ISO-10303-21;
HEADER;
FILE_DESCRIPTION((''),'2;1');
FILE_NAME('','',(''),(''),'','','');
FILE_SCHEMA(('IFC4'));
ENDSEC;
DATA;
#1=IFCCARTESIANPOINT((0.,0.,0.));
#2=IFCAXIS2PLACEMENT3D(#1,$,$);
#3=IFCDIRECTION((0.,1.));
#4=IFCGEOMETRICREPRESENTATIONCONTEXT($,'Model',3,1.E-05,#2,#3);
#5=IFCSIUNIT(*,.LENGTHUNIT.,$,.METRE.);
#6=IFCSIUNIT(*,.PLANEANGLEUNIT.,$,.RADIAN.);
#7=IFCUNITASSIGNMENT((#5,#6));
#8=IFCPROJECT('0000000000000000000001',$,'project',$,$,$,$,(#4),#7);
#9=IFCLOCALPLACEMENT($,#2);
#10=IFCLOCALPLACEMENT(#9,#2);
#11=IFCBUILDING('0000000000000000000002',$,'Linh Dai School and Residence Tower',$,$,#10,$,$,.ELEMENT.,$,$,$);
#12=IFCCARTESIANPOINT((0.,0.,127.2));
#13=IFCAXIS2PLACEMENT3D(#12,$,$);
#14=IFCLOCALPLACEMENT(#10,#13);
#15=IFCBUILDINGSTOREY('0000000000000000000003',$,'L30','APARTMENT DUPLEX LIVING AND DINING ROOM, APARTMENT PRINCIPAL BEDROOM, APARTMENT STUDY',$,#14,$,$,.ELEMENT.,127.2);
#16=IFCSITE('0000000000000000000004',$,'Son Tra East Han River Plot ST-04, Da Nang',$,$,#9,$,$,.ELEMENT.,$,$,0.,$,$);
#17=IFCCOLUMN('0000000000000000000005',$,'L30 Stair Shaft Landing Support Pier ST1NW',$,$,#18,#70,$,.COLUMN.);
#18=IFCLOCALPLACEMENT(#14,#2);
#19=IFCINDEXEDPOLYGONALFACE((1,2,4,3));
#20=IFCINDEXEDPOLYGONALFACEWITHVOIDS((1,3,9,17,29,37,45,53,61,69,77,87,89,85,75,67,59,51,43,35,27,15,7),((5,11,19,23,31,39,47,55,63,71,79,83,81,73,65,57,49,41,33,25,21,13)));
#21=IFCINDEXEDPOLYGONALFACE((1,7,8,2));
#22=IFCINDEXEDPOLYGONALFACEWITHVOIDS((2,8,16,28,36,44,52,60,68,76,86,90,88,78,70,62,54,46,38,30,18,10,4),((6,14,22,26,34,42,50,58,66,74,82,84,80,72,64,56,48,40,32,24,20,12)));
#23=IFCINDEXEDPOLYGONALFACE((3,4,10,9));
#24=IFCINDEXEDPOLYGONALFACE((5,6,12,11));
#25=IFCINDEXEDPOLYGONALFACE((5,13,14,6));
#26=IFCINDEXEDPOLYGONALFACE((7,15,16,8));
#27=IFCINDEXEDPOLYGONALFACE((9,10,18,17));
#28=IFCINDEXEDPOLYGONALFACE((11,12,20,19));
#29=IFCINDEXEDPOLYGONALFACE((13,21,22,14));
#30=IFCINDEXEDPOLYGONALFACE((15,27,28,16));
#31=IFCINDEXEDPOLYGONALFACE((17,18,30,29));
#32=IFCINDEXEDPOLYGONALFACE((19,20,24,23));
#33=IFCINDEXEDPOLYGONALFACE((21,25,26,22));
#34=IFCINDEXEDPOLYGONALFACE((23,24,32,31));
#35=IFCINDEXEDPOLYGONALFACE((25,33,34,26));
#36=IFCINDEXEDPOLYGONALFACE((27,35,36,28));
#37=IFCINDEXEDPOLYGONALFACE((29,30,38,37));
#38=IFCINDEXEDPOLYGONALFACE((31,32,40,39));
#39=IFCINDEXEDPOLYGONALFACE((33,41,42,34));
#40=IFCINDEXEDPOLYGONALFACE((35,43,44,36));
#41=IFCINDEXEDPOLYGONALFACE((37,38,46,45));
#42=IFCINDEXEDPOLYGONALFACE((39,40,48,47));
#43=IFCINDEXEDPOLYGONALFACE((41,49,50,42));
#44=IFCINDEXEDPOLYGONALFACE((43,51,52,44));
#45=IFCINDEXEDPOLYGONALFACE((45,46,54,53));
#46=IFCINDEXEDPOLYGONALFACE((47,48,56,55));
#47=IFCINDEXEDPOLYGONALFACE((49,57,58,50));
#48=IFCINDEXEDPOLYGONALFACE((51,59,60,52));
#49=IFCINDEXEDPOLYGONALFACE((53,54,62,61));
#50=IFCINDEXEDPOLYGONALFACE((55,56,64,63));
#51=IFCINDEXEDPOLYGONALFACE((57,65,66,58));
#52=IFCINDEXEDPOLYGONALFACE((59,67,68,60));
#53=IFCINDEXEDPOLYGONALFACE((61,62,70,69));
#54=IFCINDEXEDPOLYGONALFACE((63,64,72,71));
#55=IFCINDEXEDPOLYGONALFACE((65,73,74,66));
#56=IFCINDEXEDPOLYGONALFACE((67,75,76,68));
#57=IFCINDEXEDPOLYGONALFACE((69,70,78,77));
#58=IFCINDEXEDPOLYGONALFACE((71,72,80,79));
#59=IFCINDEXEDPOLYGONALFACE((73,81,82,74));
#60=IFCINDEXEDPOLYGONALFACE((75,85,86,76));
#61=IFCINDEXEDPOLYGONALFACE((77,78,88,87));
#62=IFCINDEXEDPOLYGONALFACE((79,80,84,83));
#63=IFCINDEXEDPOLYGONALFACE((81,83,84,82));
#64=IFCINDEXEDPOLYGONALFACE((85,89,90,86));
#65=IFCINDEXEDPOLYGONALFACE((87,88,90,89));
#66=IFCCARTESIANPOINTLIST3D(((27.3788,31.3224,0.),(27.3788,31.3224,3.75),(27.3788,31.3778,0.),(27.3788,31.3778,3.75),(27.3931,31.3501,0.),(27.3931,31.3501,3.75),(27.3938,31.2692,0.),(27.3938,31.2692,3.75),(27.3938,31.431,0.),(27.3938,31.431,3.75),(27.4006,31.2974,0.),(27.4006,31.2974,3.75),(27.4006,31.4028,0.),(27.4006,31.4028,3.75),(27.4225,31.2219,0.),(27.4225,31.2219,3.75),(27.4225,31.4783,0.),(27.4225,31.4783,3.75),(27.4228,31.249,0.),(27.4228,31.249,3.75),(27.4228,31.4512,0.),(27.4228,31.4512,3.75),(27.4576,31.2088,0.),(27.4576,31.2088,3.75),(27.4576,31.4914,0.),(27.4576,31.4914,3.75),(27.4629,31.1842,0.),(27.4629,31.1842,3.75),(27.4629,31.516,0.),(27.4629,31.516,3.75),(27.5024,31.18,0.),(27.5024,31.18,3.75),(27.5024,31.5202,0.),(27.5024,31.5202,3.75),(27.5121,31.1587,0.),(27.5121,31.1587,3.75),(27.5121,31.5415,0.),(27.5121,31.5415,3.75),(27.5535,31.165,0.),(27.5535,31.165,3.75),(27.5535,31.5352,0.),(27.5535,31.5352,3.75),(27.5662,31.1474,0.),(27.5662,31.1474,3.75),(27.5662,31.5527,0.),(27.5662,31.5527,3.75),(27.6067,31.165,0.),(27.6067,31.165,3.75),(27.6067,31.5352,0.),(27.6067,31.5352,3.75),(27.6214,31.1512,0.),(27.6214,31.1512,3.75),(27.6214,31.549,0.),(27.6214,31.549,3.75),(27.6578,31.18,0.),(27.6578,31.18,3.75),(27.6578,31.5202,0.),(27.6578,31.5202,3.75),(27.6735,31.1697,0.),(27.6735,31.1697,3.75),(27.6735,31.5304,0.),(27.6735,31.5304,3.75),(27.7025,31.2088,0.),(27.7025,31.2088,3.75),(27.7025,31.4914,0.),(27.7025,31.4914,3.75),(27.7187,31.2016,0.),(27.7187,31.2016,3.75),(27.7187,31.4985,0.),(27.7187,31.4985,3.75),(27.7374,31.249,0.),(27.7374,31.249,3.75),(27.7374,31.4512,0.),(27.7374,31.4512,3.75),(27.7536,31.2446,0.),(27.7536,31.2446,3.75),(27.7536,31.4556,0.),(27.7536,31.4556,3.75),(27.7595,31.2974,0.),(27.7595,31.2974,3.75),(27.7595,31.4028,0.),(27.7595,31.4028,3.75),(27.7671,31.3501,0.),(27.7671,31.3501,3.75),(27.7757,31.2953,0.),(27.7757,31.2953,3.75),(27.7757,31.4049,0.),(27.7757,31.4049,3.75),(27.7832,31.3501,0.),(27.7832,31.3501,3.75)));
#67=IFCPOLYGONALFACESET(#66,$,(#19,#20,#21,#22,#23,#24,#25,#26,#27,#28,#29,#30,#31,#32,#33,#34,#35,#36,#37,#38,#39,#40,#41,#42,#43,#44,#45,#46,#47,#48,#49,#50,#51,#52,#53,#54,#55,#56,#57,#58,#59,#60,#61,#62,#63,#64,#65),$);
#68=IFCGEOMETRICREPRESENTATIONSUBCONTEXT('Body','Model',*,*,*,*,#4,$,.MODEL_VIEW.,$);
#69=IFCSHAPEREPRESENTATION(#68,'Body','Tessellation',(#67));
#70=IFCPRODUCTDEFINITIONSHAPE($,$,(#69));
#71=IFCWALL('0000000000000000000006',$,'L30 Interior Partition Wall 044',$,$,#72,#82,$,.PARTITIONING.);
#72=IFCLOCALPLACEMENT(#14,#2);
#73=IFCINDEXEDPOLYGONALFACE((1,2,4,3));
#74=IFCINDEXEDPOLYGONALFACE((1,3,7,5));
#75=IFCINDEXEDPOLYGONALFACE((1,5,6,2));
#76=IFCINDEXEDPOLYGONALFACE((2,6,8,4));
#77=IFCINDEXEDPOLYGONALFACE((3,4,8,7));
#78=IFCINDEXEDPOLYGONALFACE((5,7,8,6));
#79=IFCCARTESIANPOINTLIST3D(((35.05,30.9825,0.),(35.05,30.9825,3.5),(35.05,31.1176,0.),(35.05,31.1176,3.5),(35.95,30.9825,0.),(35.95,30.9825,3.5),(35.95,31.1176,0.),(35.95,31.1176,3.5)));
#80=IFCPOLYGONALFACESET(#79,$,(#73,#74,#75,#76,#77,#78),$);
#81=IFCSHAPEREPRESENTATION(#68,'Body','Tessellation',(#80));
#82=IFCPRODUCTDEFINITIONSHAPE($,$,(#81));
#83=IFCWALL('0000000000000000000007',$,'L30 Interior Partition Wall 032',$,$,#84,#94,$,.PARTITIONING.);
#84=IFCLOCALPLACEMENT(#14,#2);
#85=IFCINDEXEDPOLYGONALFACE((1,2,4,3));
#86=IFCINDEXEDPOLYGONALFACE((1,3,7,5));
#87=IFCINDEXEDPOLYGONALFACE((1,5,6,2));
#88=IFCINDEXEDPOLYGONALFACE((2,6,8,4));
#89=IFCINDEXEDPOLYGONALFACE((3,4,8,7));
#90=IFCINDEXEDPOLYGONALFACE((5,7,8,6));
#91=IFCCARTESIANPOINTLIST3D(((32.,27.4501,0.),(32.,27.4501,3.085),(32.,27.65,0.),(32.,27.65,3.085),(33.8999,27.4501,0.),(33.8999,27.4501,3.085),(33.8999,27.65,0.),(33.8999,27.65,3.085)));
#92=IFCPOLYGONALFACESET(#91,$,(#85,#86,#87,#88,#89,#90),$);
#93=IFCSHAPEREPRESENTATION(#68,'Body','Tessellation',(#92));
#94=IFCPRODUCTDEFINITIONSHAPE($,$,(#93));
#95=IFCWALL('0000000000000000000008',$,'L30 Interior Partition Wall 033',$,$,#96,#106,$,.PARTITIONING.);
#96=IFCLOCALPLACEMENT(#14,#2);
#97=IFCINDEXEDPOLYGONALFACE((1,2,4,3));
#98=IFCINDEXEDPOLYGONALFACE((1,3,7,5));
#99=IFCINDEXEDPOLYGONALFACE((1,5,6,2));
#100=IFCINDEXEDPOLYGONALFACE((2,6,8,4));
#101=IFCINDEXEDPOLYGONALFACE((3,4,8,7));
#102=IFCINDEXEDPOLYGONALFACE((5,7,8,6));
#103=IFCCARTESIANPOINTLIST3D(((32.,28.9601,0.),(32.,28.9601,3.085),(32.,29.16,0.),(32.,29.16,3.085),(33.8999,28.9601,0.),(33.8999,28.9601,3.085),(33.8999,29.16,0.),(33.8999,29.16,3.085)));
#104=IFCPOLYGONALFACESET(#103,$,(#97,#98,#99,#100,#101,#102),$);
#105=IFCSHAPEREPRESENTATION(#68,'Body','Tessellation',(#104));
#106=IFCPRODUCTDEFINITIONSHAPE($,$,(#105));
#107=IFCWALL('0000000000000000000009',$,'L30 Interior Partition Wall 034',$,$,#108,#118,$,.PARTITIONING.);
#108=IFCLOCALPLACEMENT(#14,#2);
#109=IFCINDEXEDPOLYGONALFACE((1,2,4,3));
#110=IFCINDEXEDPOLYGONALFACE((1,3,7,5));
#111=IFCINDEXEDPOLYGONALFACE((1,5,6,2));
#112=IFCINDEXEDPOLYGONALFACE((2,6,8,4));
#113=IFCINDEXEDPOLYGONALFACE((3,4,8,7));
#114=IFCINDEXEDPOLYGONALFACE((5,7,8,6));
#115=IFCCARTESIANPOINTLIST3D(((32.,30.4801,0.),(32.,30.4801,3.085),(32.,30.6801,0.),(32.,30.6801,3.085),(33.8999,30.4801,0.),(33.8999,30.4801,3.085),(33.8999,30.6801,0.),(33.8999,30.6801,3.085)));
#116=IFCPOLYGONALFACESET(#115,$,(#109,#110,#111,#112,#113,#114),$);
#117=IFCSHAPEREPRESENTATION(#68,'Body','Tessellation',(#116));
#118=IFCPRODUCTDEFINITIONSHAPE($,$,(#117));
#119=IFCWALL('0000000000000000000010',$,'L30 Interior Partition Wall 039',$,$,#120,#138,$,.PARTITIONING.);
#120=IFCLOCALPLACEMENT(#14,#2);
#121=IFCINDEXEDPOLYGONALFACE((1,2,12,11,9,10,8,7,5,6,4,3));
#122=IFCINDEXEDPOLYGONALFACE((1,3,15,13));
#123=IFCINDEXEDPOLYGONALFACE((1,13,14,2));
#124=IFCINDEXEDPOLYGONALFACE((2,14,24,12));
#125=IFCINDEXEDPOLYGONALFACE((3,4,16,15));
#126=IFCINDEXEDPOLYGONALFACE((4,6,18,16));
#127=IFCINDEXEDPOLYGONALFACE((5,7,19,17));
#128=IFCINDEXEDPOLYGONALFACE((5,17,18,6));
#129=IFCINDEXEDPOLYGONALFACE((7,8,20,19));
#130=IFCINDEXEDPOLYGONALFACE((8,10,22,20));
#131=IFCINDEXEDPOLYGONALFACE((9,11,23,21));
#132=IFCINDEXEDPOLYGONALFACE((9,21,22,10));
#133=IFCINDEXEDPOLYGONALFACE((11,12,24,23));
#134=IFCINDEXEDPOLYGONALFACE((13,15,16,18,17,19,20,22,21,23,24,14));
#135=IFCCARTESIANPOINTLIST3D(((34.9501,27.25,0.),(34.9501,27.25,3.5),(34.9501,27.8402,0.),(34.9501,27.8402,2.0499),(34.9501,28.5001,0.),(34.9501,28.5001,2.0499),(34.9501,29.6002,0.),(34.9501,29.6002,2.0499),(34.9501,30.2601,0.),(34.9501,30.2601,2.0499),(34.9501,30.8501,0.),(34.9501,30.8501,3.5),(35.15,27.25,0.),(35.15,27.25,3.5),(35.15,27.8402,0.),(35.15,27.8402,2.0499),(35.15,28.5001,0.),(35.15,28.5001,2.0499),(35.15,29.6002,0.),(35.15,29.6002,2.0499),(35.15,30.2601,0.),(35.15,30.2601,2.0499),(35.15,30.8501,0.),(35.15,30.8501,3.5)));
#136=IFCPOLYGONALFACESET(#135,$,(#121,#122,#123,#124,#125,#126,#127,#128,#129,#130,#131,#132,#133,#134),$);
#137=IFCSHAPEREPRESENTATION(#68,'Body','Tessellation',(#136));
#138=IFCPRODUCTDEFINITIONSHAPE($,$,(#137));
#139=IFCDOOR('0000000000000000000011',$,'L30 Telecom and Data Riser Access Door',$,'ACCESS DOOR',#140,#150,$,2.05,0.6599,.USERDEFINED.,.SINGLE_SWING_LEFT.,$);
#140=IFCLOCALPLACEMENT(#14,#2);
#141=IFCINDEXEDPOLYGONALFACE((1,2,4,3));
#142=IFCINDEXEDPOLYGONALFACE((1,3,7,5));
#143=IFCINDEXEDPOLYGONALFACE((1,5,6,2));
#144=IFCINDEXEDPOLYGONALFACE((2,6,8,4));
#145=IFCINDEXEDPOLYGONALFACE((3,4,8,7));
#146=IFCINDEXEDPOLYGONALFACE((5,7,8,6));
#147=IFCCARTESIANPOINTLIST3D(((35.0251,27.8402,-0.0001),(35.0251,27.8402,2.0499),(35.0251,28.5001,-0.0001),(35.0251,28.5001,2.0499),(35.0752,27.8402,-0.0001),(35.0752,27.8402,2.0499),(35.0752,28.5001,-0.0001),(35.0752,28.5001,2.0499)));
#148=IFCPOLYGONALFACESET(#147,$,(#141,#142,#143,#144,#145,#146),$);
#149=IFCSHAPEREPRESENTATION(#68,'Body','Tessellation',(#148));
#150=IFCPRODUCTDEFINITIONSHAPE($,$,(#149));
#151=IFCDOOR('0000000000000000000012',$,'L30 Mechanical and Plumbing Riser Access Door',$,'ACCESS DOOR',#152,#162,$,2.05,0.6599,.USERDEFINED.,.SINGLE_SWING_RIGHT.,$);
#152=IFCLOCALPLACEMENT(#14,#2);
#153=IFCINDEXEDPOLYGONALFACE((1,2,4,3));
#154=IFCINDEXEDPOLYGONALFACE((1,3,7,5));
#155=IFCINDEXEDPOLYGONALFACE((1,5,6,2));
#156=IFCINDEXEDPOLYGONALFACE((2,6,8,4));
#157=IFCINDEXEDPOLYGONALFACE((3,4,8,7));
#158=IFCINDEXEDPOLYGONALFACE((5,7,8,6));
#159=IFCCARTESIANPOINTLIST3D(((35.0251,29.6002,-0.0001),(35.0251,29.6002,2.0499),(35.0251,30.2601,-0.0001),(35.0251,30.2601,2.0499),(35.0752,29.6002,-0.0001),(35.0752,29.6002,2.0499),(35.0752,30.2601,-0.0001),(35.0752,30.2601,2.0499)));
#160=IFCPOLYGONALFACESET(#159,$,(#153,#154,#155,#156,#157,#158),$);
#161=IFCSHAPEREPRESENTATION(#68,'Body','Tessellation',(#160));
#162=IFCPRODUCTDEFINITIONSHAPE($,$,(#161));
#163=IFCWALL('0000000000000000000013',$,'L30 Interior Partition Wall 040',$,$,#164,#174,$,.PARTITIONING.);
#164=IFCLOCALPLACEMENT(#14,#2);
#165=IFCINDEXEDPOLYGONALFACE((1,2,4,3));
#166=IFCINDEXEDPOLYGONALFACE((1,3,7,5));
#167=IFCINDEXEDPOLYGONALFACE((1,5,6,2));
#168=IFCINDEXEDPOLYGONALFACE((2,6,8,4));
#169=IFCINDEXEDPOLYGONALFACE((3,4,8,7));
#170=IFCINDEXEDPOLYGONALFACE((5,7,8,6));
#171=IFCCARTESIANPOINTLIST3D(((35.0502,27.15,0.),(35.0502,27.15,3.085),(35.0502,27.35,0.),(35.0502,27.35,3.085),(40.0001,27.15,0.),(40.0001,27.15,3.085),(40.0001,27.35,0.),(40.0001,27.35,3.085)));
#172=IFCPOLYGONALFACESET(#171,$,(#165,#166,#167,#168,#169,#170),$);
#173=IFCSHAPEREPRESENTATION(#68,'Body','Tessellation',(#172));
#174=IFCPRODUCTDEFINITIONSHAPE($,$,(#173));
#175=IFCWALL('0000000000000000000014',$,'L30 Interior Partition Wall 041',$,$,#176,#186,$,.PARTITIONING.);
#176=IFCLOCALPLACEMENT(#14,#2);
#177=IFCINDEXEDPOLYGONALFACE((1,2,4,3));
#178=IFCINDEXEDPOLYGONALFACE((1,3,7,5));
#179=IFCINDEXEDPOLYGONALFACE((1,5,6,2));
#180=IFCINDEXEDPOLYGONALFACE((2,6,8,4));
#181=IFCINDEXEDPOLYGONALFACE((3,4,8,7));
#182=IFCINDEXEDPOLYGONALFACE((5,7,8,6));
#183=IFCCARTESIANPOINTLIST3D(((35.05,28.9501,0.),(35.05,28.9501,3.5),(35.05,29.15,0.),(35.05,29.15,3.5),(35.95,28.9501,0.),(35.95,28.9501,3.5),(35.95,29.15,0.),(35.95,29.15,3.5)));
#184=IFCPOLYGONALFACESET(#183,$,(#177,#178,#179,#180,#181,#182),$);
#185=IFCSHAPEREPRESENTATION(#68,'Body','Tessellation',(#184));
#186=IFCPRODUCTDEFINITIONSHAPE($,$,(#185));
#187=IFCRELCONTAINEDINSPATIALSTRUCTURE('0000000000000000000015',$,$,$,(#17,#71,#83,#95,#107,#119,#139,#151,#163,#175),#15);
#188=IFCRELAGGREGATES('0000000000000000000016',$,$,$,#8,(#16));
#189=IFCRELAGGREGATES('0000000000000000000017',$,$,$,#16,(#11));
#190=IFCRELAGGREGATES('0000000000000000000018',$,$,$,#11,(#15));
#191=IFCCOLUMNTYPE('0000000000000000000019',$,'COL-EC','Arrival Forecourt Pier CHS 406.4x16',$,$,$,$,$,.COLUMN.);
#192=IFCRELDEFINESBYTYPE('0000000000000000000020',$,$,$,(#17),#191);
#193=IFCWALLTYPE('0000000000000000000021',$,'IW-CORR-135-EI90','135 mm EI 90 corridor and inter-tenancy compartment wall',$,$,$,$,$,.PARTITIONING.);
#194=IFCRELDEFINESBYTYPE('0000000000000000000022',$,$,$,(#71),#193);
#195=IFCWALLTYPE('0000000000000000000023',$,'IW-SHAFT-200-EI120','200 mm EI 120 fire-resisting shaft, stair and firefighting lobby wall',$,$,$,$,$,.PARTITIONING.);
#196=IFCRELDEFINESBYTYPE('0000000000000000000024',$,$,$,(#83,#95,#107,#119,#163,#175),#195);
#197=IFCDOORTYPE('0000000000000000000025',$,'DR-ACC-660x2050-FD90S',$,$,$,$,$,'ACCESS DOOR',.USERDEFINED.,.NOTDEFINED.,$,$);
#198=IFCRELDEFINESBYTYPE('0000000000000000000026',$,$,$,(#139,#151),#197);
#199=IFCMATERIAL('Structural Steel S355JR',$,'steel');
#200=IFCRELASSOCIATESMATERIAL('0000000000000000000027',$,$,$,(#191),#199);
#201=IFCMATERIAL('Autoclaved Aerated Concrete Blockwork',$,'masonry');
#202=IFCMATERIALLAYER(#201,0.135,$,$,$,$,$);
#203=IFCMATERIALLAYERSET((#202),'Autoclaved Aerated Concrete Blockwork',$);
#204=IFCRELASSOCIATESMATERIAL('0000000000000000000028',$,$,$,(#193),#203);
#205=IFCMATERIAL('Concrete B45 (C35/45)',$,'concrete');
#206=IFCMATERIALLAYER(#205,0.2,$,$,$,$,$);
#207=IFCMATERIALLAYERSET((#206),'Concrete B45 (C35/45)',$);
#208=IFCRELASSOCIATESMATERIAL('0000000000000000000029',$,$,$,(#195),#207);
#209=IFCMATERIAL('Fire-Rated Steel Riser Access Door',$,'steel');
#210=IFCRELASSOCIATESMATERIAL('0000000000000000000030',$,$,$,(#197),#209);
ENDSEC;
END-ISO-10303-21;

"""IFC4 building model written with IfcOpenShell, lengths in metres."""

from ifc_helpers import new_model, si_unit, direction, frame, frame_2d, origin, origin_2d, place, context, subcontext, project, spatial, rectangle, hollow_circle, extrude, source, transform, mapped, material, layer, layer_set, material_profile, profile_set, type_object, element, fill, save


model = new_model("IFC4")

# Units and contexts
model_context = context("Model", 3, precision=1e-05, world=origin(), true_north=direction((0.0, 1.0)))
body_context = subcontext(model_context, "Body", "Model", "MODEL_VIEW")
ifc_project = project(units=[si_unit("LENGTHUNIT", "METRE"), si_unit("PLANEANGLEUNIT", "RADIAN")], contexts=[model_context])

# Site, building, storey
site_placement = place(None, origin())
site = spatial("IfcSite", under=ifc_project, at=site_placement, Name="Son Tra East Han River Plot ST-04, Da Nang", CompositionType="ELEMENT", RefElevation=0.0)
building_placement = place(site_placement, origin())
building = spatial("IfcBuilding", under=site, at=building_placement, Name="Linh Dai School and Residence Tower", CompositionType="ELEMENT")
storey_placement = place(building_placement, frame((0.0, 0.0, 127.2)))
storey = spatial("IfcBuildingStorey", under=building, at=storey_placement, Name="L30", Description="APARTMENT DUPLEX LIVING AND DINING ROOM, APARTMENT PRINCIPAL BEDROOM, APARTMENT STUDY", CompositionType="ELEMENT", Elevation=127.2)

# Column
ifc_material_1 = material(Name="Structural Steel S355JR", Category="steel")
ifc_material_profile = material_profile(ifc_material_1, hollow_circle(Radius=0.2031, WallThickness=0.0161, at=origin_2d()), Name="CHS 406.4x16")
ifc_profile_set = profile_set([ifc_material_profile], Name="Structural Steel S355JR")
column_type = type_object("IfcColumnType", Name="COL-EC", Description="Arrival Forecourt Pier CHS 406.4x16", PredefinedType="COLUMN", material=ifc_profile_set)
column_placement = place(storey_placement, frame((27.5801, 31.3501, 0.0), z_axis=(0.0, 0.0, 1.0), x_axis=(1.0, 0.0, 0.0)))
element("IfcColumn", 1, at=column_placement, inside=storey, type_object=column_type, Name="L30 Stair Shaft Landing Support Pier ST1NW", PredefinedType="COLUMN", context=body_context, shape_type="SweptSolid", body=[
    extrude(hollow_circle(Radius=0.2031, WallThickness=0.0161, at=origin_2d()), origin(), (0.0, 0.0, 1.0), 3.75),
])

# Shared definitions
ifc_material_2 = material(Name="Autoclaved Aerated Concrete Blockwork", Category="masonry")
ifc_layer_1 = layer(ifc_material_2, 0.135)
ifc_layer_set_1 = layer_set([ifc_layer_1], Name="Autoclaved Aerated Concrete Blockwork")
wall_type_1 = type_object("IfcWallType", Name="IW-CORR-135-EI90", Description="135 mm EI 90 corridor and inter-tenancy compartment wall", PredefinedType="PARTITIONING", material=ifc_layer_set_1)

# Walls
wall_1_placement = place(storey_placement, frame((35.05, 31.05, 0.0), z_axis=(0.0, 0.0, 1.0), x_axis=(1.0, 0.0, 0.0)))
element("IfcWall", 2, at=wall_1_placement, inside=storey, type_object=wall_type_1, Name="L30 Interior Partition Wall 044", PredefinedType="PARTITIONING", context=body_context, shape_type="SweptSolid", body=[
    extrude(rectangle(XDim=0.8999, YDim=0.135, at=frame_2d((0.45, 0.0))), origin(), (0.0, 0.0, 1.0), 3.5),
])
ifc_material_3 = material(Name="Concrete B45 (C35/45)", Category="concrete")
ifc_layer_2 = layer(ifc_material_3, 0.2)
ifc_layer_set_2 = layer_set([ifc_layer_2], Name="Concrete B45 (C35/45)")
wall_type_2 = type_object("IfcWallType", Name="IW-SHAFT-200-EI120", Description="200 mm EI 120 fire-resisting shaft, stair and firefighting lobby wall", PredefinedType="PARTITIONING", material=ifc_layer_set_2)
for number, where, z_axis, x_axis, name in (
    (3, (32.0, 27.55, 0.0), (0.0, 0.0, 1.0), (1.0, 0.0, 0.0), "L30 Interior Partition Wall 032"),
    (4, (32.0, 29.0601, 0.0), (0.0, 0.0, 1.0), (1.0, 0.0, 0.0), "L30 Interior Partition Wall 033"),
    (5, (32.0, 30.5801, 0.0), (0.0, 0.0, 1.0), (1.0, 0.0, 0.0), "L30 Interior Partition Wall 034"),
):
    element("IfcWall", number, at=place(storey_placement, frame(where, z_axis=z_axis, x_axis=x_axis)), inside=storey, type_object=wall_type_2, Name=name, PredefinedType="PARTITIONING", context=body_context, shape_type="SweptSolid", body=[
        extrude(rectangle(XDim=1.8999, YDim=0.2, at=frame_2d((0.95, 0.0))), origin(), (0.0, 0.0, 1.0), 3.085),
    ])

# Wall, openings, doors
wall_2_placement = place(storey_placement, frame((35.05, 27.25, 0.0), z_axis=(0.0, 0.0, 1.0), x_axis=(0.0, 1.0, 0.0)))
wall_2 = element("IfcWall", 6, at=wall_2_placement, inside=storey, type_object=wall_type_2, Name="L30 Interior Partition Wall 039", PredefinedType="PARTITIONING", context=body_context, shape_type="SweptSolid", body=[
    extrude(rectangle(XDim=3.6001, YDim=0.2, at=frame_2d((1.8, 0.0))), origin(), (0.0, 0.0, 1.0), 3.5),
])
opening_1_placement = place(wall_2_placement, frame((0.5901, 0.0, 0.0)))
opening_1 = element("IfcOpeningElement", 7, at=opening_1_placement, cuts=wall_2, PredefinedType="OPENING", context=body_context, shape_type="SweptSolid", body=[
    extrude(rectangle(XDim=0.6599, YDim=2.05, at=origin_2d()), frame((0.3301, 0.1099, 1.0249), z_axis=(0.0, -1.0, 0.0), x_axis=(1.0, 0.0, 0.0)), (0.0, 0.0, 1.0), 0.22),
])
opening_2_placement = place(wall_2_placement, frame((2.3501, 0.0, 0.0)))
opening_2 = element("IfcOpeningElement", 8, at=opening_2_placement, cuts=wall_2, PredefinedType="OPENING", context=body_context, shape_type="SweptSolid", body=[
    extrude(rectangle(XDim=0.6599, YDim=2.05, at=origin_2d()), frame((0.3301, 0.1099, 1.0249), z_axis=(0.0, -1.0, 0.0), x_axis=(1.0, 0.0, 0.0)), (0.0, 0.0, 1.0), 0.22),
])
ifc_material_4 = material(Name="Fire-Rated Steel Riser Access Door", Category="steel")
door_type_1 = type_object("IfcDoorType", Name="DR-ACC-660x2050-FD90S", ElementType="ACCESS DOOR", OperationType="NOTDEFINED", PredefinedType="USERDEFINED", material=ifc_material_4)
shared_shape_1 = source(origin(), body_context, "Body", "SweptSolid", [
    extrude(rectangle(XDim=0.6599, YDim=2.05, at=origin_2d()), frame((0.3301, 0.0249, 1.0249), z_axis=(0.0, -1.0, 0.0), x_axis=(1.0, 0.0, 0.0)), (0.0, 0.0, 1.0), 0.05),
])
door_1_placement = place(opening_1_placement, origin())
door_1 = element("IfcDoor", 9, at=door_1_placement, inside=storey, type_object=door_type_1, Name="L30 Telecom and Data Riser Access Door", ObjectType="ACCESS DOOR", OperationType="SINGLE_SWING_LEFT", OverallHeight=2.05, OverallWidth=0.6599, PredefinedType="USERDEFINED", context=body_context, shape_type="MappedRepresentation", body=[
    mapped(shared_shape_1, transform((0.0, 0.0, 0.0), x_axis=(1.0, 0.0, 0.0), y_axis=(0.0, 1.0, 0.0), z_axis=(0.0, 0.0, 1.0), scale=1.0)),
])
fill(opening_1, door_1)
door_2_placement = place(opening_2_placement, origin())
door_2 = element("IfcDoor", 10, at=door_2_placement, inside=storey, type_object=door_type_1, Name="L30 Mechanical and Plumbing Riser Access Door", ObjectType="ACCESS DOOR", OperationType="SINGLE_SWING_RIGHT", OverallHeight=2.05, OverallWidth=0.6599, PredefinedType="USERDEFINED", context=body_context, shape_type="MappedRepresentation", body=[
    mapped(shared_shape_1, transform((0.0, 0.0, 0.0), x_axis=(1.0, 0.0, 0.0), y_axis=(0.0, 1.0, 0.0), z_axis=(0.0, 0.0, 1.0), scale=1.0)),
])
fill(opening_2, door_2)

# Walls
wall_3_placement = place(storey_placement, frame((35.05, 27.25, 0.0), z_axis=(0.0, 0.0, 1.0), x_axis=(1.0, 0.0, 0.0)))
element("IfcWall", 11, at=wall_3_placement, inside=storey, type_object=wall_type_2, Name="L30 Interior Partition Wall 040", PredefinedType="PARTITIONING", context=body_context, shape_type="SweptSolid", body=[
    extrude(rectangle(XDim=4.95, YDim=0.2, at=frame_2d((2.4751, 0.0))), origin(), (0.0, 0.0, 1.0), 3.085),
])
for number, where, z_axis, x_axis, name in (
    (12, (35.05, 29.05, 0.0), (0.0, 0.0, 1.0), (1.0, 0.0, 0.0), "L30 Interior Partition Wall 041"),
):
    element("IfcWall", number, at=place(storey_placement, frame(where, z_axis=z_axis, x_axis=x_axis)), inside=storey, type_object=wall_type_2, Name=name, PredefinedType="PARTITIONING", context=body_context, shape_type="SweptSolid", body=[
        extrude(rectangle(XDim=0.8999, YDim=0.2, at=frame_2d((0.45, 0.0))), origin(), (0.0, 0.0, 1.0), 3.5),
    ])

save(model, "model.ifc")
